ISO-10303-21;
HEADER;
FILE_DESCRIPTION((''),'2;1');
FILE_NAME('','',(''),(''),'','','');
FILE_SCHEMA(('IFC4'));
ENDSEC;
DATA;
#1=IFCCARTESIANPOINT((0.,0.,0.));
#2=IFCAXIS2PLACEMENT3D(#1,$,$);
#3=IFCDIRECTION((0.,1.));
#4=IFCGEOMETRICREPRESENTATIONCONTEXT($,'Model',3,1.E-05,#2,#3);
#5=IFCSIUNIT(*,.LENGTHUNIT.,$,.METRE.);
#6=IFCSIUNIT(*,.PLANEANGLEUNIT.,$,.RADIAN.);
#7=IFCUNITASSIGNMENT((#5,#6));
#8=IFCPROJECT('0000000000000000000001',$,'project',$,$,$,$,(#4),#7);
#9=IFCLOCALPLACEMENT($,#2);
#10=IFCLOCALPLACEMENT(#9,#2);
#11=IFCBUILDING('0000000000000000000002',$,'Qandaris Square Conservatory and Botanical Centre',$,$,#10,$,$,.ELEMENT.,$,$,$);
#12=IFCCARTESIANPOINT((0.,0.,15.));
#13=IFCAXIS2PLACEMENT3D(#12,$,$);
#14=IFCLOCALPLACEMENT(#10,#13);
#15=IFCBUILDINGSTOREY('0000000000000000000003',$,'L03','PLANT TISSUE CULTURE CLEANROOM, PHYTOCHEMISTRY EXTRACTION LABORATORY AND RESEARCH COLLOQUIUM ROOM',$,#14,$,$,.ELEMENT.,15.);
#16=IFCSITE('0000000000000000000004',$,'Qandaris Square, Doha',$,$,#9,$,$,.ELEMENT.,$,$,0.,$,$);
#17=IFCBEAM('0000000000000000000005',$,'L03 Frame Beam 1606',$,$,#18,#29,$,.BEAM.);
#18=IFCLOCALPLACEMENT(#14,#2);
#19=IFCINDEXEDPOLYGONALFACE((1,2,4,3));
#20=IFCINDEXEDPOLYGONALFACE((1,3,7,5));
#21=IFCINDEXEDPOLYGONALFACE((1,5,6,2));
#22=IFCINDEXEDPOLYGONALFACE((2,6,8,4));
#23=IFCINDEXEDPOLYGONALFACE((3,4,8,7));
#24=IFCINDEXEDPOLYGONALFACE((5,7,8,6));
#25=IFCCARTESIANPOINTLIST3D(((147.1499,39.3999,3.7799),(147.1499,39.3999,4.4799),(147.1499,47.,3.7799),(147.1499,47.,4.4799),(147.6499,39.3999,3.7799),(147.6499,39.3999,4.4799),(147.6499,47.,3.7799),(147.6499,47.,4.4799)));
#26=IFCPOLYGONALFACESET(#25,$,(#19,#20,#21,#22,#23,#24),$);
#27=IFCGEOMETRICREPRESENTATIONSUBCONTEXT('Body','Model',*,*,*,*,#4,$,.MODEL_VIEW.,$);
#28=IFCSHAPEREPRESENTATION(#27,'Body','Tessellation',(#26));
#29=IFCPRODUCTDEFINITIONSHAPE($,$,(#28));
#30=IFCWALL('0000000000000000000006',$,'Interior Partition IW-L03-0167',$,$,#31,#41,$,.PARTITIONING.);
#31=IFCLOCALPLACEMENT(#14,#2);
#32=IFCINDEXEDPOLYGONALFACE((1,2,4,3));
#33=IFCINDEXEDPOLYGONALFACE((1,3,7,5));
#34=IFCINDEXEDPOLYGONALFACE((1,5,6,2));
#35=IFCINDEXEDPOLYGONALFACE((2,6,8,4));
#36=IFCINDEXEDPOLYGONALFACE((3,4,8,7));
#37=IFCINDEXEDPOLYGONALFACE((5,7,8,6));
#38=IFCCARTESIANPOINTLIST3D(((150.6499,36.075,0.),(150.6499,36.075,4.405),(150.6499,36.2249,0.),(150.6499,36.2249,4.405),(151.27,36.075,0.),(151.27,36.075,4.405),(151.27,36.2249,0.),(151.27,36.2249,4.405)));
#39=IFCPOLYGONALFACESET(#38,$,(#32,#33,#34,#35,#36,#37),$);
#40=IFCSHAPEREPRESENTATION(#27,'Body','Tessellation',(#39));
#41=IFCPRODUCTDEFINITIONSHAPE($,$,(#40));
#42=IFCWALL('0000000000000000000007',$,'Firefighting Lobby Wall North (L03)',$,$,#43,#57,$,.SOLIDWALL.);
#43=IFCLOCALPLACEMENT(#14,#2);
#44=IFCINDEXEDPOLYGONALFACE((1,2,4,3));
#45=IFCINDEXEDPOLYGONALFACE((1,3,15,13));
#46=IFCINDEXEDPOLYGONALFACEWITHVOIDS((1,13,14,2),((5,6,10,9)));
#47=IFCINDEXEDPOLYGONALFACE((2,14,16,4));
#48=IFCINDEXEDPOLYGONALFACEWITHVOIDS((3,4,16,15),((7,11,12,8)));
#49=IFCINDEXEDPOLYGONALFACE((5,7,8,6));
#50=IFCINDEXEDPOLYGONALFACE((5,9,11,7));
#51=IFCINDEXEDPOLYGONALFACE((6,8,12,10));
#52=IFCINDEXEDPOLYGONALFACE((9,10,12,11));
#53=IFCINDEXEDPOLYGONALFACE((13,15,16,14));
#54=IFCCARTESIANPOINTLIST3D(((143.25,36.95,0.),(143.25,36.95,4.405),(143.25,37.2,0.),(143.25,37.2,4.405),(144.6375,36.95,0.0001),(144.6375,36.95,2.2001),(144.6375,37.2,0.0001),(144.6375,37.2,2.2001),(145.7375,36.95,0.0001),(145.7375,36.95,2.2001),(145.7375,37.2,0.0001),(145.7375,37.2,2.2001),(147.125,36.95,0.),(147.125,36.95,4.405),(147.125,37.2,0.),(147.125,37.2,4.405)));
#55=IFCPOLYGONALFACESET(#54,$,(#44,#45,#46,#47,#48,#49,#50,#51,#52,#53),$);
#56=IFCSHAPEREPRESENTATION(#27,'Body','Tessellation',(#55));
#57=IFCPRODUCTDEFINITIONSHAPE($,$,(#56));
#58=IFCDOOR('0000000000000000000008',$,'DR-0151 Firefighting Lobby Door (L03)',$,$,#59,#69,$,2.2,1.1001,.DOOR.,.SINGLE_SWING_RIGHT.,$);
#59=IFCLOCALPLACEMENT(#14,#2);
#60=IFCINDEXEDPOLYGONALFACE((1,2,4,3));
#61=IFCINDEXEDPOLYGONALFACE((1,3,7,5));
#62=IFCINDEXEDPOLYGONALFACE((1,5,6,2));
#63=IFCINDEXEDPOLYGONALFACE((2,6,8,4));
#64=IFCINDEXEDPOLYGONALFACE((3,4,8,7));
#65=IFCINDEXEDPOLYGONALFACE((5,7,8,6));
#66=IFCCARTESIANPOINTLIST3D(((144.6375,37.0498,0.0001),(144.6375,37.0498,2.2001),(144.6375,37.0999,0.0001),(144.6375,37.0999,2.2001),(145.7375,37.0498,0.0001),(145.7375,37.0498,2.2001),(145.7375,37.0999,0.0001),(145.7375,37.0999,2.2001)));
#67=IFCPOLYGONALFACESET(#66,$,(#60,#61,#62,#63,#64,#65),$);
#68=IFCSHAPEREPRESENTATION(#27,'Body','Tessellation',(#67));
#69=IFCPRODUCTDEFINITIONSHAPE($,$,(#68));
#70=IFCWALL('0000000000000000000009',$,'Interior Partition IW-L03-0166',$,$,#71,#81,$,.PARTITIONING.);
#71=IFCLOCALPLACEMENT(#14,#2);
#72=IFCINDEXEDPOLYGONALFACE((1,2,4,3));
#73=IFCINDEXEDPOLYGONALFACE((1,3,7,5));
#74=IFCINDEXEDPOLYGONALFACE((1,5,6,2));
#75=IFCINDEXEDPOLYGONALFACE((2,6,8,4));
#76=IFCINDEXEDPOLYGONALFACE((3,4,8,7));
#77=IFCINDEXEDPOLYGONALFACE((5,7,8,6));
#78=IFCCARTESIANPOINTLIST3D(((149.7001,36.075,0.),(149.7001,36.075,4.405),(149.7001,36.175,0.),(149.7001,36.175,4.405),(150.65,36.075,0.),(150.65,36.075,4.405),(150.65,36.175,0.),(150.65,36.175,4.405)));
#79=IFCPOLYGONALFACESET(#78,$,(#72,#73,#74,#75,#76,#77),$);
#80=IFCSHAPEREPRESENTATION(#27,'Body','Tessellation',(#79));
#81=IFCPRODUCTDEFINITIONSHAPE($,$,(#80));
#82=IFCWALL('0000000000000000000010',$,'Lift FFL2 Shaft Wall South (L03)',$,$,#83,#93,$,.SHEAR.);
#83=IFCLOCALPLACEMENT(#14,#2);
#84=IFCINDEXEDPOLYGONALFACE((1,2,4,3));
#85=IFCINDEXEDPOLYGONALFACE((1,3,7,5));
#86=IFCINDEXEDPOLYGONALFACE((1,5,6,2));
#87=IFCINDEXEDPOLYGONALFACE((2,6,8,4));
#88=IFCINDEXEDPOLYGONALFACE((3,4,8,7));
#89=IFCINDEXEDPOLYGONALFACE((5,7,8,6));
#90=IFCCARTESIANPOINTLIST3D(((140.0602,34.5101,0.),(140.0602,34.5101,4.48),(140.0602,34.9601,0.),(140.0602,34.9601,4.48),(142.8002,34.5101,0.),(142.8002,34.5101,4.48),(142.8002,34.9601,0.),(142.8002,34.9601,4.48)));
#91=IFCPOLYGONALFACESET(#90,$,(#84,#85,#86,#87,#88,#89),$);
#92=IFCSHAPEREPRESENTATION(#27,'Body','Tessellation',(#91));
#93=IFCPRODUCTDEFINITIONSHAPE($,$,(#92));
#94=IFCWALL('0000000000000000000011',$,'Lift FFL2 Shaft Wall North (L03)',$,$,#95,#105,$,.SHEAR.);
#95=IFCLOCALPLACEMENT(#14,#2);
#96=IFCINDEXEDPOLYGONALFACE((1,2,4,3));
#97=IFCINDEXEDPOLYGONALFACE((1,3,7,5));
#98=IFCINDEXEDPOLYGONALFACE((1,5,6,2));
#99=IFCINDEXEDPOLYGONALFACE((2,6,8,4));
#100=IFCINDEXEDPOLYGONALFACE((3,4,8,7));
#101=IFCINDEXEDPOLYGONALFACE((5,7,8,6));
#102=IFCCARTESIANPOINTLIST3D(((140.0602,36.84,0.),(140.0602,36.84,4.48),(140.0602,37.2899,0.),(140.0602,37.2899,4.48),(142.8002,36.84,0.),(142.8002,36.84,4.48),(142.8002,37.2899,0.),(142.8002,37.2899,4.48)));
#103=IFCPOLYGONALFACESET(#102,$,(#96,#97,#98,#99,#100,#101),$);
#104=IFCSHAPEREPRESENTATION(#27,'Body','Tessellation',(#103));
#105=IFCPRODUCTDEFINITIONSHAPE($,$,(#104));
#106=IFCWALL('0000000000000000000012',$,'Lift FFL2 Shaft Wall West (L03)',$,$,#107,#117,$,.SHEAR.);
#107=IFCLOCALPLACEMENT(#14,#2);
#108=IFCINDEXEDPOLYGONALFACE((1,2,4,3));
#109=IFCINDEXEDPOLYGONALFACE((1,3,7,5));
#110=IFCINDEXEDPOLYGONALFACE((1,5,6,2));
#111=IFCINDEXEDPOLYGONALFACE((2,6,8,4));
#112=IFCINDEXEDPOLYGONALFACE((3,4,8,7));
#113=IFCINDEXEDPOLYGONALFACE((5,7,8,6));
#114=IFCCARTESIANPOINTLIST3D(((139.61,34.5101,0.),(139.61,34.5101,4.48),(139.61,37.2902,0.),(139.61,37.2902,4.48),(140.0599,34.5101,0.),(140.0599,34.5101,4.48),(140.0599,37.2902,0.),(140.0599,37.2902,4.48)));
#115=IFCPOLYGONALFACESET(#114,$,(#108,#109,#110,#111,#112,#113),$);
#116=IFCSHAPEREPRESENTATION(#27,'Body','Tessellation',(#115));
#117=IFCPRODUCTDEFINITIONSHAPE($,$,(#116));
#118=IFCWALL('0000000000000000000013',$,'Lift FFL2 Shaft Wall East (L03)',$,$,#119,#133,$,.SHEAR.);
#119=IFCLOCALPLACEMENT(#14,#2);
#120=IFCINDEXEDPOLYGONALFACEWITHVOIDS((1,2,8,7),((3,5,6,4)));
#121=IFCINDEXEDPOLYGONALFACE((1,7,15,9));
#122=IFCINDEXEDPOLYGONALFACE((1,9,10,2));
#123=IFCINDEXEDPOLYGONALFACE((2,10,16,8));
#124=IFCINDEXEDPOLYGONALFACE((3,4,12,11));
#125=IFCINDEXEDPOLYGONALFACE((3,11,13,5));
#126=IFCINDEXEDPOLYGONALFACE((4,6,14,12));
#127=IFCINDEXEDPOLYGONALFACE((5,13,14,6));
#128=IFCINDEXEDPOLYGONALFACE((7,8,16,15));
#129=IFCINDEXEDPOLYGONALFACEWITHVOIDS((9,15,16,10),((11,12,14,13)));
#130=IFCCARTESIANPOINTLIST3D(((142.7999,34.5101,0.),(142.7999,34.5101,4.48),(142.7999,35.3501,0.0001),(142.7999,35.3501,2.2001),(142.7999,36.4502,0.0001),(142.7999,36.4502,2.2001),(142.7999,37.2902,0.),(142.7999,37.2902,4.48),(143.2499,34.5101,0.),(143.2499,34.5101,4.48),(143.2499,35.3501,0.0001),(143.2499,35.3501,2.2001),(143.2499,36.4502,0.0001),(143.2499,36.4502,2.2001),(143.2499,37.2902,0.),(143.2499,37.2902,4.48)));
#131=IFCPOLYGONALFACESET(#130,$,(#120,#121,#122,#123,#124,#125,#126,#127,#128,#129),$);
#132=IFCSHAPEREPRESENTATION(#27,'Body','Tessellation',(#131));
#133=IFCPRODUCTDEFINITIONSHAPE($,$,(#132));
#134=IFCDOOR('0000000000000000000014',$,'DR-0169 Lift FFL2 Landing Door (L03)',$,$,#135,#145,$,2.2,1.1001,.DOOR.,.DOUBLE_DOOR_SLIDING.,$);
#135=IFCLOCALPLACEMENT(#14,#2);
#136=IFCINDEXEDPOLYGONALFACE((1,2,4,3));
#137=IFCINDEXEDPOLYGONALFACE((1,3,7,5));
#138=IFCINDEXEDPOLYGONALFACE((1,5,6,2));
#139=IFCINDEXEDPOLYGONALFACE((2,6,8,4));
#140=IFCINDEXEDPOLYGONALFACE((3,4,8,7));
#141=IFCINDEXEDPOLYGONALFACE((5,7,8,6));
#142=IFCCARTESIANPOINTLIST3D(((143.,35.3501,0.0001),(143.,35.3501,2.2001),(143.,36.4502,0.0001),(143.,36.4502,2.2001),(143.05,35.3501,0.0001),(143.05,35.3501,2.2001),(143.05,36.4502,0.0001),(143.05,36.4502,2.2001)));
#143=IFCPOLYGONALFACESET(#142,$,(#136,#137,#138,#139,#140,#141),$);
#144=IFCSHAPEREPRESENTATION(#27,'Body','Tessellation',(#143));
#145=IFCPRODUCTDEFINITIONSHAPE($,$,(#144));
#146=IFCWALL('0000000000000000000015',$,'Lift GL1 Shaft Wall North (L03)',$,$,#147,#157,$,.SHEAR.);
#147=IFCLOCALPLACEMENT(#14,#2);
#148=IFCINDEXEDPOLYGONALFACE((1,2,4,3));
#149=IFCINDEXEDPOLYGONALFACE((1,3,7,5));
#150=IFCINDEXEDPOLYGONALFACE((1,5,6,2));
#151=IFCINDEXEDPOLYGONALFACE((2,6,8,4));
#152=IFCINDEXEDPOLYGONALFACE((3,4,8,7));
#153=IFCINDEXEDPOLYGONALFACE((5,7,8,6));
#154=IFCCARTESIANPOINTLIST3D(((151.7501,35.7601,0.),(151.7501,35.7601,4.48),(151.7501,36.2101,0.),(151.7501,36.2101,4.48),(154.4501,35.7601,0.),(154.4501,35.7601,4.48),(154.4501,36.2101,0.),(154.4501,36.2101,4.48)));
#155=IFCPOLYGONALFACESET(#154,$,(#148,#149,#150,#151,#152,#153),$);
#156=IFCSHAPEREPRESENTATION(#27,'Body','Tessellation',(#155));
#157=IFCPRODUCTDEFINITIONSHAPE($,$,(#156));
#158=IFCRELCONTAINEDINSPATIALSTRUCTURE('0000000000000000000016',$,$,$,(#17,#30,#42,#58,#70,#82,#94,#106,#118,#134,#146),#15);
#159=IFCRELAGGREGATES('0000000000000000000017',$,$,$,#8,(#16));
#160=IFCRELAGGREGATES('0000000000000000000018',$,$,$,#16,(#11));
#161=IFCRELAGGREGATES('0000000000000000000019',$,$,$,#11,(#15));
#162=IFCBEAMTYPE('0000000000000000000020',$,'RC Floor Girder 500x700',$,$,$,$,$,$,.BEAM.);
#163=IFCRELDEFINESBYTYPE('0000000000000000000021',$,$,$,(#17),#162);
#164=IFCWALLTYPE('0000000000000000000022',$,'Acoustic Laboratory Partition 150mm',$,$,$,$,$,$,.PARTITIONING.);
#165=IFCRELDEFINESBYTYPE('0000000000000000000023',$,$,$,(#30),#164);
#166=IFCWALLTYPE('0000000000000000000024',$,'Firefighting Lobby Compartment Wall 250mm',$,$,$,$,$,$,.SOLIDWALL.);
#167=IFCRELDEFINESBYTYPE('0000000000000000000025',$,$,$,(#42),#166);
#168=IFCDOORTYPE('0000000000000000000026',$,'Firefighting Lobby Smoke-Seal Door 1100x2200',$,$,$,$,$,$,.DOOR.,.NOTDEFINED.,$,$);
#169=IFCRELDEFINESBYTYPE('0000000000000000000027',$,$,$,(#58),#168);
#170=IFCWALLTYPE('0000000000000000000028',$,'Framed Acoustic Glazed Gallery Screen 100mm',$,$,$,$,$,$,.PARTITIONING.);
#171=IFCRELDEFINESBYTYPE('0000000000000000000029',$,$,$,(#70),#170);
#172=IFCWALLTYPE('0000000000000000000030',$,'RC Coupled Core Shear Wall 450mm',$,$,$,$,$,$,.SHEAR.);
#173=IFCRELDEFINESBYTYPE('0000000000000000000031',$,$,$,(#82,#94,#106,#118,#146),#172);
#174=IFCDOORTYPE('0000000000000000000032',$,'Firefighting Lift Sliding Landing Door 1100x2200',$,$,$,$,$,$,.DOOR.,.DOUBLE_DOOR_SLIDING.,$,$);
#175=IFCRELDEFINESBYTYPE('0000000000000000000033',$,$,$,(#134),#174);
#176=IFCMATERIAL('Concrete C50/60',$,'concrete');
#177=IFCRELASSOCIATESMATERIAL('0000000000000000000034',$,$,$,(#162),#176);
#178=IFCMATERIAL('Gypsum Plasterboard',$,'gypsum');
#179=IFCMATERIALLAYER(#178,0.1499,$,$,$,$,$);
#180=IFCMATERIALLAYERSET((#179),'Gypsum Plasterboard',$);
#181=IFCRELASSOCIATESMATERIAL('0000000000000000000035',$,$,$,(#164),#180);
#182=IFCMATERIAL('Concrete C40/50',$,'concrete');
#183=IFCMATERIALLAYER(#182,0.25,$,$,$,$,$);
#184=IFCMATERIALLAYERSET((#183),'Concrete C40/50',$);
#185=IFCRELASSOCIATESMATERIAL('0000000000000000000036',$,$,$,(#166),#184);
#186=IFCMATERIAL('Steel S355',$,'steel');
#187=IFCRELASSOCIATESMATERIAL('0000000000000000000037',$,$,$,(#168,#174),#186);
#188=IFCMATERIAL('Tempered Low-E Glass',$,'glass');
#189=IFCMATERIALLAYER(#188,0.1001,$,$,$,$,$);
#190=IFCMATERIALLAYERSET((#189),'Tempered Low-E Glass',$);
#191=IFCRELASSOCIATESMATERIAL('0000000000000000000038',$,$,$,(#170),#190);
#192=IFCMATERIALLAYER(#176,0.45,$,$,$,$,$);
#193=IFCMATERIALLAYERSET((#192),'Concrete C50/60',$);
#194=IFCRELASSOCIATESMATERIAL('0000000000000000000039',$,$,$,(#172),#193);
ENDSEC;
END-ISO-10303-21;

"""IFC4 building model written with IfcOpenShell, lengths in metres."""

from ifc_helpers import new_model, si_unit, direction, frame, frame_2d, origin, origin_2d, place, context, subcontext, project, spatial, rectangle, extrude, material, layer, layer_set, material_profile, profile_set, type_object, element, fill, save


model = new_model("IFC4")

# Units and contexts
model_context = context("Model", 3, precision=1e-05, world=origin(), true_north=direction((0.0, 1.0)))
body_context = subcontext(model_context, "Body", "Model", "MODEL_VIEW")
ifc_project = project(units=[si_unit("LENGTHUNIT", "METRE"), si_unit("PLANEANGLEUNIT", "RADIAN")], contexts=[model_context])

# Site, building, storey
site_placement = place(None, origin())
site = spatial("IfcSite", under=ifc_project, at=site_placement, Name="Qandaris Square, Doha", CompositionType="ELEMENT", RefElevation=0.0)
building_placement = place(site_placement, origin())
building = spatial("IfcBuilding", under=site, at=building_placement, Name="Qandaris Square Conservatory and Botanical Centre", CompositionType="ELEMENT")
storey_placement = place(building_placement, frame((0.0, 0.0, 15.0)))
storey = spatial("IfcBuildingStorey", under=building, at=storey_placement, Name="L03", Description="PLANT TISSUE CULTURE CLEANROOM, PHYTOCHEMISTRY EXTRACTION LABORATORY AND RESEARCH COLLOQUIUM ROOM", CompositionType="ELEMENT", Elevation=15.0)

# Shared definitions
ifc_material_1 = material(Name="Concrete C50/60", Category="concrete")

# Beam
ifc_material_2 = material(Name="Steel S355", Category="steel")
ifc_material_profile_1 = material_profile(ifc_material_1, rectangle(XDim=0.5, YDim=0.7, at=origin_2d()), Name="RC-BM 500x700")
ifc_profile_set_1 = profile_set([ifc_material_profile_1], Name="Concrete C50/60")
beam_type_1 = type_object("IfcBeamType", Name="RC Floor Girder 500x700", PredefinedType="BEAM", material=ifc_profile_set_1)
beam_1_placement = place(storey_placement, frame((147.3999, 39.3999, 4.1299), z_axis=(0.0, 1.0, 0.0), x_axis=(-1.0, 0.0, 0.0)))
element("IfcBeam", 1, at=beam_1_placement, inside=storey, type_object=beam_type_1, Name="L03 Frame Beam 1606", PredefinedType="BEAM", context=body_context, shape_type="SweptSolid", body=[
    extrude(rectangle(XDim=0.5, YDim=0.7, at=origin_2d()), origin(), (0.0, 0.0, 1.0), 7.6001),
])

# Wall
ifc_material_3 = material(Name="Gypsum Plasterboard", Category="gypsum")
ifc_layer_1 = layer(ifc_material_3, 0.1499)
ifc_layer_set_1 = layer_set([ifc_layer_1], Name="Gypsum Plasterboard")
wall_type_1 = type_object("IfcWallType", Name="Acoustic Laboratory Partition 150mm", PredefinedType="PARTITIONING", material=ifc_layer_set_1)
wall_1_placement = place(storey_placement, frame((150.6499, 36.1499, 0.0), z_axis=(0.0, 0.0, 1.0), x_axis=(1.0, 0.0, 0.0)))
element("IfcWall", 2, at=wall_1_placement, inside=storey, type_object=wall_type_1, Name="Interior Partition IW-L03-0167", PredefinedType="PARTITIONING", context=body_context, shape_type="SweptSolid", body=[
    extrude(rectangle(XDim=0.6201, YDim=0.1499, at=frame_2d((0.3101, 0.0))), origin(), (0.0, 0.0, 1.0), 4.405),
])

# Wall, opening, door
ifc_material_4 = material(Name="Concrete C40/50", Category="concrete")
ifc_layer_2 = layer(ifc_material_4, 0.25)
ifc_layer_set_2 = layer_set([ifc_layer_2], Name="Concrete C40/50")
wall_type_2 = type_object("IfcWallType", Name="Firefighting Lobby Compartment Wall 250mm", PredefinedType="SOLIDWALL", material=ifc_layer_set_2)
wall_2_placement = place(storey_placement, frame((143.25, 37.075, 0.0), z_axis=(0.0, 0.0, 1.0), x_axis=(1.0, 0.0, 0.0)))
wall_2 = element("IfcWall", 3, at=wall_2_placement, inside=storey, type_object=wall_type_2, Name="Firefighting Lobby Wall North (L03)", PredefinedType="SOLIDWALL", context=body_context, shape_type="SweptSolid", body=[
    extrude(rectangle(XDim=3.875, YDim=0.25, at=frame_2d((1.9375, 0.0))), origin(), (0.0, 0.0, 1.0), 4.405),
])
opening_1_placement = place(wall_2_placement, frame((1.3875, 0.0, 0.0)))
opening_1 = element("IfcOpeningElement", 4, at=opening_1_placement, cuts=wall_2, PredefinedType="OPENING", context=body_context, shape_type="SweptSolid", body=[
    extrude(rectangle(XDim=1.1001, YDim=2.2, at=frame_2d((0.55, 1.1001))), frame((0.0, 0.137, 0.0), z_axis=(0.0, -1.0, 0.0), x_axis=(1.0, 0.0, 0.0)), (0.0, 0.0, 1.0), 0.2739),
])
door_type_1 = type_object("IfcDoorType", Name="Firefighting Lobby Smoke-Seal Door 1100x2200", OperationType="NOTDEFINED", PredefinedType="DOOR", material=ifc_material_2)
door_1_placement = place(opening_1_placement, origin())
door_1 = element("IfcDoor", 5, at=door_1_placement, inside=storey, type_object=door_type_1, Name="DR-0151 Firefighting Lobby Door (L03)", OperationType="SINGLE_SWING_RIGHT", OverallHeight=2.2, OverallWidth=1.1001, PredefinedType="DOOR", context=body_context, shape_type="SweptSolid", body=[
    extrude(rectangle(XDim=1.1001, YDim=2.2, at=frame_2d((0.55, 1.1001))), frame((0.0, 0.0249, 0.0), z_axis=(0.0, -1.0, 0.0), x_axis=(1.0, 0.0, 0.0)), (0.0, 0.0, 1.0), 0.05),
])
fill(opening_1, door_1)

# Walls
ifc_material_5 = material(Name="Tempered Low-E Glass", Category="glass")
ifc_layer_3 = layer(ifc_material_5, 0.1001)
ifc_layer_set_3 = layer_set([ifc_layer_3], Name="Tempered Low-E Glass")
wall_type_3 = type_object("IfcWallType", Name="Framed Acoustic Glazed Gallery Screen 100mm", PredefinedType="PARTITIONING", material=ifc_layer_set_3)
wall_3_placement = place(storey_placement, frame((149.7, 36.125, 0.0), z_axis=(0.0, 0.0, 1.0), x_axis=(1.0, 0.0, 0.0)))
element("IfcWall", 6, at=wall_3_placement, inside=storey, type_object=wall_type_3, Name="Interior Partition IW-L03-0166", PredefinedType="PARTITIONING", context=body_context, shape_type="SweptSolid", body=[
    extrude(rectangle(XDim=0.95, YDim=0.1001, at=frame_2d((0.4751, 0.0))), origin(), (0.0, 0.0, 1.0), 4.405),
])
ifc_layer_4 = layer(ifc_material_1, 0.45)
ifc_layer_set_4 = layer_set([ifc_layer_4], Name="Concrete C50/60")
wall_type_4 = type_object("IfcWallType", Name="RC Coupled Core Shear Wall 450mm", PredefinedType="SHEAR", material=ifc_layer_set_4)
for number, where, z_axis, x_axis, name in (
    (7, (140.0601, 34.7351, 0.0), (0.0, 0.0, 1.0), (1.0, 0.0, 0.0), "Lift FFL2 Shaft Wall South (L03)"),
    (8, (140.0601, 37.0649, 0.0), (0.0, 0.0, 1.0), (1.0, 0.0, 0.0), "Lift FFL2 Shaft Wall North (L03)"),
):
    element("IfcWall", number, at=place(storey_placement, frame(where, z_axis=z_axis, x_axis=x_axis)), inside=storey, type_object=wall_type_4, Name=name, PredefinedType="SHEAR", context=body_context, shape_type="SweptSolid", body=[
        extrude(rectangle(XDim=2.74, YDim=0.45, at=frame_2d((1.3701, 0.0))), origin(), (0.0, 0.0, 1.0), 4.48),
    ])
wall_4_placement = place(storey_placement, frame((139.835, 34.51, 0.0), z_axis=(0.0, 0.0, 1.0), x_axis=(0.0, 1.0, 0.0)))
element("IfcWall", 9, at=wall_4_placement, inside=storey, type_object=wall_type_4, Name="Lift FFL2 Shaft Wall West (L03)", PredefinedType="SHEAR", context=body_context, shape_type="SweptSolid", body=[
    extrude(rectangle(XDim=2.78, YDim=0.45, at=frame_2d((1.3901, 0.0))), origin(), (0.0, 0.0, 1.0), 4.48),
])

# Wall, opening, door
wall_5_placement = place(storey_placement, frame((143.0249, 34.51, 0.0), z_axis=(0.0, 0.0, 1.0), x_axis=(0.0, 1.0, 0.0)))
wall_5 = element("IfcWall", 10, at=wall_5_placement, inside=storey, type_object=wall_type_4, Name="Lift FFL2 Shaft Wall East (L03)", PredefinedType="SHEAR", context=body_context, shape_type="SweptSolid", body=[
    extrude(rectangle(XDim=2.78, YDim=0.45, at=frame_2d((1.3901, 0.0))), origin(), (0.0, 0.0, 1.0), 4.48),
])
opening_2_placement = place(wall_5_placement, frame((0.8401, 0.0, 0.0)))
opening_2 = element("IfcOpeningElement", 11, at=opening_2_placement, cuts=wall_5, PredefinedType="OPENING", context=body_context, shape_type="SweptSolid", body=[
    extrude(rectangle(XDim=1.1001, YDim=2.2, at=frame_2d((0.55, 1.1001))), frame((0.0, 0.2368, 0.0), z_axis=(0.0, -1.0, 0.0), x_axis=(1.0, 0.0, 0.0)), (0.0, 0.0, 1.0), 0.4739),
])
door_type_2 = type_object("IfcDoorType", Name="Firefighting Lift Sliding Landing Door 1100x2200", OperationType="DOUBLE_DOOR_SLIDING", PredefinedType="DOOR", material=ifc_material_2)
door_2_placement = place(opening_2_placement, origin())
door_2 = element("IfcDoor", 12, at=door_2_placement, inside=storey, type_object=door_type_2, Name="DR-0169 Lift FFL2 Landing Door (L03)", OperationType="DOUBLE_DOOR_SLIDING", OverallHeight=2.2, OverallWidth=1.1001, PredefinedType="DOOR", context=body_context, shape_type="SweptSolid", body=[
    extrude(rectangle(XDim=1.1001, YDim=2.2, at=frame_2d((0.55, 1.1001))), frame((0.0, 0.0249, 0.0), z_axis=(0.0, -1.0, 0.0), x_axis=(1.0, 0.0, 0.0)), (0.0, 0.0, 1.0), 0.05),
])
fill(opening_2, door_2)

# Wall
wall_6_placement = place(storey_placement, frame((151.75, 35.9851, 0.0), z_axis=(0.0, 0.0, 1.0), x_axis=(1.0, 0.0, 0.0)))
element("IfcWall", 13, at=wall_6_placement, inside=storey, type_object=wall_type_4, Name="Lift GL1 Shaft Wall North (L03)", PredefinedType="SHEAR", context=body_context, shape_type="SweptSolid", body=[
    extrude(rectangle(XDim=2.7, YDim=0.45, at=frame_2d((1.3501, 0.0))), origin(), (0.0, 0.0, 1.0), 4.48),
])

save(model, "model.ifc")
